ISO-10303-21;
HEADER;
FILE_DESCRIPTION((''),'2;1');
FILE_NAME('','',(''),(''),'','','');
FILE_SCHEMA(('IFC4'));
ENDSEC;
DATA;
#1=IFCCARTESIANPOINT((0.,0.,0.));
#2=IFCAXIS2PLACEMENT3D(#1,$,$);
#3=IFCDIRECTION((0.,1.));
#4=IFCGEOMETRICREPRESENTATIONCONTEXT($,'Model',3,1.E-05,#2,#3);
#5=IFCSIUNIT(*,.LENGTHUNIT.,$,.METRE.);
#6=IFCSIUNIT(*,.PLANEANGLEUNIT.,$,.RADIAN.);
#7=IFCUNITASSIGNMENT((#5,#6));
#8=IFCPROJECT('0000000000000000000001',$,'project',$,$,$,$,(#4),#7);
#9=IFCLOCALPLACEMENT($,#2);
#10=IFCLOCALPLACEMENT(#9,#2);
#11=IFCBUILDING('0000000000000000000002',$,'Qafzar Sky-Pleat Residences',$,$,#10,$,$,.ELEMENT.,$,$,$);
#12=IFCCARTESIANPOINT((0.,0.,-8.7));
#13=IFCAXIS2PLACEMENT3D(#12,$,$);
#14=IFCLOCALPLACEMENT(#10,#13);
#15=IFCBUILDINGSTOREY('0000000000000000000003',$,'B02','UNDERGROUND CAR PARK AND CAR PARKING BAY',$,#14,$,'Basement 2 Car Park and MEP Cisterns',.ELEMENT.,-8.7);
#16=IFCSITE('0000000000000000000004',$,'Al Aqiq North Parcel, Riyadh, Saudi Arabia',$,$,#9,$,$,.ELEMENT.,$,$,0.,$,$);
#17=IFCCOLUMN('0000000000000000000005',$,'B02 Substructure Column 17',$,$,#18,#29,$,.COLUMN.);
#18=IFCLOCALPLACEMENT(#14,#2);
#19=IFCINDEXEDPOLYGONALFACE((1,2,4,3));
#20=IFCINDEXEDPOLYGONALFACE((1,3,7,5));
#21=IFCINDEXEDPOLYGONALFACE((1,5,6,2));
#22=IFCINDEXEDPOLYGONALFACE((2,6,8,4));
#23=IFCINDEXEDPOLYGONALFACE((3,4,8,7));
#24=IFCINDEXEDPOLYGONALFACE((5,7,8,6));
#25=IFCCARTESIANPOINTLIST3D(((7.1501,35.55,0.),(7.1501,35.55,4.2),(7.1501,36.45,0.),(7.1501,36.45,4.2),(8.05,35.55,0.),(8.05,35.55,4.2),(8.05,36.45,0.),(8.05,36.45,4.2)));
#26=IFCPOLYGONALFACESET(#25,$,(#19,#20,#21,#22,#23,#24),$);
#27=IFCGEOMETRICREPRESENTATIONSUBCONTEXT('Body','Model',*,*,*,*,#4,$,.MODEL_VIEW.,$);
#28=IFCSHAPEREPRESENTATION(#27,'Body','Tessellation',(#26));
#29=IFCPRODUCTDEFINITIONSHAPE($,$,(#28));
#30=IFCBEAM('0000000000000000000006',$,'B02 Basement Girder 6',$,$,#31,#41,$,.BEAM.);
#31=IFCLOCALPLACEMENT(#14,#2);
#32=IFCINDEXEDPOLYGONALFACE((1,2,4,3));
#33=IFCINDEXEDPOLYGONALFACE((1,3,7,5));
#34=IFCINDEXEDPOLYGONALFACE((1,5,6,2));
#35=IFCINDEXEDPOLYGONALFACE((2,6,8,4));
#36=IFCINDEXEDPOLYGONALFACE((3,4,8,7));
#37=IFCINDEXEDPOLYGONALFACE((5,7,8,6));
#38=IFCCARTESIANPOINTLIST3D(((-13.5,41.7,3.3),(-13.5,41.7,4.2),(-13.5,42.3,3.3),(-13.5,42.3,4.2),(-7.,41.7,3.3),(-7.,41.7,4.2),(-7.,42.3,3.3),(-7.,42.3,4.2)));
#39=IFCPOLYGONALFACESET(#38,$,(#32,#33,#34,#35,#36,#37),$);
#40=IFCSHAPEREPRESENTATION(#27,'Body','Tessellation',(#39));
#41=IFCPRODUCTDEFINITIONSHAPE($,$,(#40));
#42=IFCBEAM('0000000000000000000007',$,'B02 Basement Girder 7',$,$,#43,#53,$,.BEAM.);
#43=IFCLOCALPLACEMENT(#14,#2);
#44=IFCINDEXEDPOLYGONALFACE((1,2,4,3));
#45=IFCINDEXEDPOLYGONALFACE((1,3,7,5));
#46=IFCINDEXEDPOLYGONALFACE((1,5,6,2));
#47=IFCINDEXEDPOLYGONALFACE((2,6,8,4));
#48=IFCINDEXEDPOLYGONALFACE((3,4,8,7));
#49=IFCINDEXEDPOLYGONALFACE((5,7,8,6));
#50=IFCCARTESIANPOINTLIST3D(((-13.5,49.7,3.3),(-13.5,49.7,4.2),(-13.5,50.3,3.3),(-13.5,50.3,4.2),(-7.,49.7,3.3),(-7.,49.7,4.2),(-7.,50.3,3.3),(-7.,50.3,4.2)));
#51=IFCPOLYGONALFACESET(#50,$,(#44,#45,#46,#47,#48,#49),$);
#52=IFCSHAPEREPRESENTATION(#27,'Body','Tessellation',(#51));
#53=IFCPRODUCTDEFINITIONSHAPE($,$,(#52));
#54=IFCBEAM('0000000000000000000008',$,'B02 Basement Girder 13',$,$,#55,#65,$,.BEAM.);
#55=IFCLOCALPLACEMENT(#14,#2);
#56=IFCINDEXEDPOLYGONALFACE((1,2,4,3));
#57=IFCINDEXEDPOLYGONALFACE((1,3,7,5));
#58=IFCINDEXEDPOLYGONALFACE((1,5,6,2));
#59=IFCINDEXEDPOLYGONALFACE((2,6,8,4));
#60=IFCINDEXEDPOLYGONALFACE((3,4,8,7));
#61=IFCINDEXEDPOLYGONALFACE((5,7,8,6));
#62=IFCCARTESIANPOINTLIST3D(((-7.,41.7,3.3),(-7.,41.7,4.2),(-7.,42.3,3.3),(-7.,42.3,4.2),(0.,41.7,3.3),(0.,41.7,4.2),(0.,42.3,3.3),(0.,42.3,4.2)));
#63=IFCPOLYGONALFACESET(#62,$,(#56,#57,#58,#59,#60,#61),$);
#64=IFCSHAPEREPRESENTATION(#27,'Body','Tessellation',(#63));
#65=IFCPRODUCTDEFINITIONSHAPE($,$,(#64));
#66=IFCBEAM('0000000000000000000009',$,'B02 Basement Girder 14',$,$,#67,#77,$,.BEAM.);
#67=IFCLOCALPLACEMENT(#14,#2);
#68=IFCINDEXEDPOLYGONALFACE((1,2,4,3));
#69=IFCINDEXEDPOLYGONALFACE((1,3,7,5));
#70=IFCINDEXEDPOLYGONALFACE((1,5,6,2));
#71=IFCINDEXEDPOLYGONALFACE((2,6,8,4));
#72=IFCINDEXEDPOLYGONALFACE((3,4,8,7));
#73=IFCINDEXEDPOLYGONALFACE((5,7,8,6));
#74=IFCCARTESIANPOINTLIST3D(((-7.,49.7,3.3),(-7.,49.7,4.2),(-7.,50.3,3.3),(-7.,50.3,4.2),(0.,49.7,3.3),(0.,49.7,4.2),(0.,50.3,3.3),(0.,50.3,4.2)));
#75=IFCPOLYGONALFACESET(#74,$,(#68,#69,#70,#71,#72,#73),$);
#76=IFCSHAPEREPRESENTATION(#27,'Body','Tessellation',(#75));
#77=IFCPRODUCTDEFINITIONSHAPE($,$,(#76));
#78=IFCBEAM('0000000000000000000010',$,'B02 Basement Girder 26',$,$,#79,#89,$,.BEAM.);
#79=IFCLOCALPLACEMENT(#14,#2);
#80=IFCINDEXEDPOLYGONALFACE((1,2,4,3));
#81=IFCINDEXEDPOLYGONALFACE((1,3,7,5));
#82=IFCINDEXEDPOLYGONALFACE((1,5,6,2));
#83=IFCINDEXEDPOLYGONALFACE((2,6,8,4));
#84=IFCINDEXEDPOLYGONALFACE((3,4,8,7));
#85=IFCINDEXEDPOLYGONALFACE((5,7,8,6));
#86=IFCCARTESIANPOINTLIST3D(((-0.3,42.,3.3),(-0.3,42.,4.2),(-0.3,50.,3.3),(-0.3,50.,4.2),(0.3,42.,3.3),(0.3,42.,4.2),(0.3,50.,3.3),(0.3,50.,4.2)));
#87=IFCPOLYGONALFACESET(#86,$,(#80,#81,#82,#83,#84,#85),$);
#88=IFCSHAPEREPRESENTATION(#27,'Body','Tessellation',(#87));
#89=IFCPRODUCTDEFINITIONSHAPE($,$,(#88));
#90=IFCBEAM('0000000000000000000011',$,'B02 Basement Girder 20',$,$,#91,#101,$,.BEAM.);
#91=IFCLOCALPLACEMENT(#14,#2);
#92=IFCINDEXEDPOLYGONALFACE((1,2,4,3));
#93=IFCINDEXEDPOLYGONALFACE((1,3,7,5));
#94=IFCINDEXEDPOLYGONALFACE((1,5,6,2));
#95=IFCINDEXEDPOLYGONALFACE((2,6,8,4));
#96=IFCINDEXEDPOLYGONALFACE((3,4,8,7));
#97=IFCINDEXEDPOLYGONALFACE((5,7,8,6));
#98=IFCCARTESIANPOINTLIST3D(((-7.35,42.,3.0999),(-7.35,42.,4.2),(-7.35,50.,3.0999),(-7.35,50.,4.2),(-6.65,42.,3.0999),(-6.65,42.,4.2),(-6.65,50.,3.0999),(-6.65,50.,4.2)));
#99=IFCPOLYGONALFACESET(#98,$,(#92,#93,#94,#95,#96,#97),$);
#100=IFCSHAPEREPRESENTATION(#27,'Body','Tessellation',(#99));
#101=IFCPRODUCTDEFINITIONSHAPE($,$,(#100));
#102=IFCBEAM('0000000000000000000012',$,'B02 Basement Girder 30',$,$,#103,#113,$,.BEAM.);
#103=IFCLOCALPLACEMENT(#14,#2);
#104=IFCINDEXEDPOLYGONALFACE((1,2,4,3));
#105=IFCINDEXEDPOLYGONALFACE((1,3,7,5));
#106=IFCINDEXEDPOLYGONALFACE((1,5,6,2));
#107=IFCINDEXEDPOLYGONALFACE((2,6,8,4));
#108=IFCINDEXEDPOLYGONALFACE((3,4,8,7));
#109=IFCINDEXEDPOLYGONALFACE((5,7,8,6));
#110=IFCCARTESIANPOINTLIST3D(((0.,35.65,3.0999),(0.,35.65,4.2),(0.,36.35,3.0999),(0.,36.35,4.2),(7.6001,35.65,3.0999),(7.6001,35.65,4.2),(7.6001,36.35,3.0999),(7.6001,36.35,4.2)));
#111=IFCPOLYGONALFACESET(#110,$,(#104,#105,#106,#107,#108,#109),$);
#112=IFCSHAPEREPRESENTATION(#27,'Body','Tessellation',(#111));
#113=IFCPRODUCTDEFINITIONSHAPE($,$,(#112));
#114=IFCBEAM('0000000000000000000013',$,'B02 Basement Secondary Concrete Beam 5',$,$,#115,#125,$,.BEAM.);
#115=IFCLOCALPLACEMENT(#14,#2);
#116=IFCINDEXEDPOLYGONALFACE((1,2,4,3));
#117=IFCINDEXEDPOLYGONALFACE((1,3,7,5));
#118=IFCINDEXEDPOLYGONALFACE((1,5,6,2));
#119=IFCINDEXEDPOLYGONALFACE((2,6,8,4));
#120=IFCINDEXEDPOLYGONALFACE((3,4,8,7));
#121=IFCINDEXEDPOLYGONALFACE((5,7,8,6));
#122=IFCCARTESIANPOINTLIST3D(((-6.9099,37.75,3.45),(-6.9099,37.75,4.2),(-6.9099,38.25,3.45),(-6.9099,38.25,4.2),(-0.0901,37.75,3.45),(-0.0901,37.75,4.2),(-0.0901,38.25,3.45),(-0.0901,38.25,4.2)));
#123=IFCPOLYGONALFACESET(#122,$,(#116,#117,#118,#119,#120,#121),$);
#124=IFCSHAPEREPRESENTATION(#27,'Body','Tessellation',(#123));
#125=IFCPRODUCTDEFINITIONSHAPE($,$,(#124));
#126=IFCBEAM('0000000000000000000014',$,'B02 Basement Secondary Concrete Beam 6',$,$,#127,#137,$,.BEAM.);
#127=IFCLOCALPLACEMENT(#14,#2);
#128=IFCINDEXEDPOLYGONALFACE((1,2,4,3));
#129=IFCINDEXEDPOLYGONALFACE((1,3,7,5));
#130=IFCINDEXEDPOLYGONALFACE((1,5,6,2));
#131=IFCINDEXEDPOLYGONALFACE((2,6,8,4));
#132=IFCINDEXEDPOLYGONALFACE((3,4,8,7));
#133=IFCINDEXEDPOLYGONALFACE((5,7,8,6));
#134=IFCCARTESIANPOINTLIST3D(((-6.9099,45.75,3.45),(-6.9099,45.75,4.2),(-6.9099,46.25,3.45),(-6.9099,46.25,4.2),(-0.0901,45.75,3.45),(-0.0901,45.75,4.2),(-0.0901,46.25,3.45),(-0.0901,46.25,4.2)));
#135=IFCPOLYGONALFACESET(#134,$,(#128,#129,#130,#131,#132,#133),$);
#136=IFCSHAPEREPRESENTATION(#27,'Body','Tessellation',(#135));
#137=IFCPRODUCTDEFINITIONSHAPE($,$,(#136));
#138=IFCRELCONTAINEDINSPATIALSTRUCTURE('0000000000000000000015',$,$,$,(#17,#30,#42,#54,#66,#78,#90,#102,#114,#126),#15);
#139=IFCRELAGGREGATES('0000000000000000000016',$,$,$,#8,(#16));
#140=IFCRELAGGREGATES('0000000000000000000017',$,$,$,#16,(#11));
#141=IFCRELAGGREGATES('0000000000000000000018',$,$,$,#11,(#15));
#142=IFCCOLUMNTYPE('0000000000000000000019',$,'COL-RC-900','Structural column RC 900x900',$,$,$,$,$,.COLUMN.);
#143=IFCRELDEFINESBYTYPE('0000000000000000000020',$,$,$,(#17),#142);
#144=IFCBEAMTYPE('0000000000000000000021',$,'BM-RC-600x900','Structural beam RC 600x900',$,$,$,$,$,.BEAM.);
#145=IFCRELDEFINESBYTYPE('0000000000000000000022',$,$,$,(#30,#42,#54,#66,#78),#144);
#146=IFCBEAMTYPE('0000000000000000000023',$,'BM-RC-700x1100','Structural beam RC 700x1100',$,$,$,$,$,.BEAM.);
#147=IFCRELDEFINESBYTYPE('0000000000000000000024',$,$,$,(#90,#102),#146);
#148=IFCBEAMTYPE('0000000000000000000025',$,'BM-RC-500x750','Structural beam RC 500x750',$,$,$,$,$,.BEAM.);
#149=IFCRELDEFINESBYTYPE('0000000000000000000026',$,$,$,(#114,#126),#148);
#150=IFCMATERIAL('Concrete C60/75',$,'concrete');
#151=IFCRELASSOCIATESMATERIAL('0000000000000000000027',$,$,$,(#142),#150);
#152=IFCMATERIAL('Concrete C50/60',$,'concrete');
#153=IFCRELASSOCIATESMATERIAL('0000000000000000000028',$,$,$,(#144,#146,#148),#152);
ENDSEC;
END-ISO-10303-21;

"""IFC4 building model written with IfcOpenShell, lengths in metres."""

from ifc_helpers import new_model, si_unit, direction, frame, origin, origin_2d, place, context, subcontext, project, spatial, rectangle, extrude, source, transform, mapped, material, material_profile, profile_set, type_object, element, save


model = new_model("IFC4")

# Units and contexts
model_context = context("Model", 3, precision=1e-05, world=origin(), true_north=direction((0.0, 1.0)))
body_context = subcontext(model_context, "Body", "Model", "MODEL_VIEW")
ifc_project = project(units=[si_unit("LENGTHUNIT", "METRE"), si_unit("PLANEANGLEUNIT", "RADIAN")], contexts=[model_context])

# Site, building, storey
site_placement = place(None, origin())
site = spatial("IfcSite", under=ifc_project, at=site_placement, Name="Al Aqiq North Parcel, Riyadh, Saudi Arabia", CompositionType="ELEMENT", RefElevation=0.0)
building_placement = place(site_placement, origin())
building = spatial("IfcBuilding", under=site, at=building_placement, Name="Qafzar Sky-Pleat Residences", CompositionType="ELEMENT")
storey_placement = place(building_placement, frame((0.0, 0.0, -8.7)))
storey = spatial("IfcBuildingStorey", under=building, at=storey_placement, Name="B02", Description="UNDERGROUND CAR PARK AND CAR PARKING BAY", LongName="Basement 2 Car Park and MEP Cisterns", CompositionType="ELEMENT", Elevation=-8.7)

# Shared definitions
ifc_material_1 = material(Name="Concrete C50/60", Category="concrete")

# Column
ifc_material_2 = material(Name="Concrete C60/75", Category="concrete")
ifc_material_profile_1 = material_profile(ifc_material_2, rectangle(XDim=0.8999, YDim=0.8999, at=origin_2d()), Name="RC 900x900")
ifc_profile_set_1 = profile_set([ifc_material_profile_1], Name="Concrete C60/75")
column_type_1 = type_object("IfcColumnType", Name="COL-RC-900", Description="Structural column RC 900x900", PredefinedType="COLUMN", material=ifc_profile_set_1)
shared_shape_1 = source(origin(), body_context, "Body", "SweptSolid", [
    extrude(rectangle(XDim=0.8999, YDim=0.8999, at=origin_2d()), origin(), (0.0, 0.0, 1.0), 4.2),
])
for number, where, z_axis, x_axis, name in (
    (1, (7.6001, 36.0, 0.0), (0.0, 0.0, 1.0), (1.0, 0.0, 0.0), "B02 Substructure Column 17"),
):
    element("IfcColumn", number, at=place(storey_placement, frame(where, z_axis=z_axis, x_axis=x_axis)), inside=storey, type_object=column_type_1, Name=name, PredefinedType="COLUMN", context=body_context, shape_type="MappedRepresentation", body=[
        mapped(shared_shape_1, transform((0.0, 0.0, 0.0), x_axis=(1.0, 0.0, 0.0), y_axis=(0.0, 1.0, 0.0), z_axis=(0.0, 0.0, 1.0), scale=1.0)),
    ])

# Beams
ifc_material_profile_2 = material_profile(ifc_material_1, rectangle(XDim=0.6001, YDim=0.8999, at=origin_2d()), Name="RC 600x900")
ifc_profile_set_2 = profile_set([ifc_material_profile_2], Name="Concrete C50/60")
beam_type_1 = type_object("IfcBeamType", Name="BM-RC-600x900", Description="Structural beam RC 600x900", PredefinedType="BEAM", material=ifc_profile_set_2)
shared_shape_2 = source(origin(), body_context, "Body", "SweptSolid", [
    extrude(rectangle(XDim=0.6001, YDim=0.8999, at=origin_2d()), origin(), (0.0, 0.0, 1.0), 6.5),
])
for number, where, z_axis, x_axis, name in (
    (2, (-13.5, 42.0, 3.75), (1.0, 0.0, 0.0), (0.0, 1.0, 0.0), "B02 Basement Girder 6"),
    (3, (-13.5, 50.0, 3.75), (1.0, 0.0, 0.0), (0.0, 1.0, 0.0), "B02 Basement Girder 7"),
):
    element("IfcBeam", number, at=place(storey_placement, frame(where, z_axis=z_axis, x_axis=x_axis)), inside=storey, type_object=beam_type_1, Name=name, PredefinedType="BEAM", context=body_context, shape_type="MappedRepresentation", body=[
        mapped(shared_shape_2, transform((0.0, 0.0, 0.0), x_axis=(1.0, 0.0, 0.0), y_axis=(0.0, 1.0, 0.0), z_axis=(0.0, 0.0, 1.0), scale=1.0)),
    ])
shared_shape_3 = source(origin(), body_context, "Body", "SweptSolid", [
    extrude(rectangle(XDim=0.6001, YDim=0.8999, at=origin_2d()), origin(), (0.0, 0.0, 1.0), 7.0),
])
for number, where, z_axis, x_axis, name in (
    (4, (-7.0, 42.0, 3.75), (1.0, 0.0, 0.0), (0.0, 1.0, 0.0), "B02 Basement Girder 13"),
    (5, (-7.0, 50.0, 3.75), (1.0, 0.0, 0.0), (0.0, 1.0, 0.0), "B02 Basement Girder 14"),
):
    element("IfcBeam", number, at=place(storey_placement, frame(where, z_axis=z_axis, x_axis=x_axis)), inside=storey, type_object=beam_type_1, Name=name, PredefinedType="BEAM", context=body_context, shape_type="MappedRepresentation", body=[
        mapped(shared_shape_3, transform((0.0, 0.0, 0.0), x_axis=(1.0, 0.0, 0.0), y_axis=(0.0, 1.0, 0.0), z_axis=(0.0, 0.0, 1.0), scale=1.0)),
    ])
shared_shape_4 = source(origin(), body_context, "Body", "SweptSolid", [
    extrude(rectangle(XDim=0.6001, YDim=0.8999, at=origin_2d()), origin(), (0.0, 0.0, 1.0), 8.0),
])
beam_1_placement = place(storey_placement, frame((0.0, 42.0, 3.75), z_axis=(0.0, 1.0, 0.0), x_axis=(-1.0, 0.0, 0.0)))
element("IfcBeam", 6, at=beam_1_placement, inside=storey, type_object=beam_type_1, Name="B02 Basement Girder 26", PredefinedType="BEAM", context=body_context, shape_type="MappedRepresentation", body=[
    mapped(shared_shape_4, transform((0.0, 0.0, 0.0), x_axis=(1.0, 0.0, 0.0), y_axis=(0.0, 1.0, 0.0), z_axis=(0.0, 0.0, 1.0), scale=1.0)),
])
ifc_material_profile_3 = material_profile(ifc_material_1, rectangle(XDim=0.7, YDim=1.1001, at=origin_2d()), Name="RC 700x1100")
ifc_profile_set_3 = profile_set([ifc_material_profile_3], Name="Concrete C50/60")
beam_type_2 = type_object("IfcBeamType", Name="BM-RC-700x1100", Description="Structural beam RC 700x1100", PredefinedType="BEAM", material=ifc_profile_set_3)
shared_shape_5 = source(origin(), body_context, "Body", "SweptSolid", [
    extrude(rectangle(XDim=0.7, YDim=1.1001, at=origin_2d()), origin(), (0.0, 0.0, 1.0), 8.0),
])
beam_2_placement = place(storey_placement, frame((-7.0, 42.0, 3.6499), z_axis=(0.0, 1.0, 0.0), x_axis=(-1.0, 0.0, 0.0)))
element("IfcBeam", 7, at=beam_2_placement, inside=storey, type_object=beam_type_2, Name="B02 Basement Girder 20", PredefinedType="BEAM", context=body_context, shape_type="MappedRepresentation", body=[
    mapped(shared_shape_5, transform((0.0, 0.0, 0.0), x_axis=(1.0, 0.0, 0.0), y_axis=(0.0, 1.0, 0.0), z_axis=(0.0, 0.0, 1.0), scale=1.0)),
])
shared_shape_6 = source(origin(), body_context, "Body", "SweptSolid", [
    extrude(rectangle(XDim=0.7, YDim=1.1001, at=origin_2d()), origin(), (0.0, 0.0, 1.0), 7.6001),
])
beam_3_placement = place(storey_placement, frame((0.0, 36.0, 3.6499), z_axis=(1.0, 0.0, 0.0), x_axis=(0.0, 1.0, 0.0)))
element("IfcBeam", 8, at=beam_3_placement, inside=storey, type_object=beam_type_2, Name="B02 Basement Girder 30", PredefinedType="BEAM", context=body_context, shape_type="MappedRepresentation", body=[
    mapped(shared_shape_6, transform((0.0, 0.0, 0.0), x_axis=(1.0, 0.0, 0.0), y_axis=(0.0, 1.0, 0.0), z_axis=(0.0, 0.0, 1.0), scale=1.0)),
])
ifc_material_profile_4 = material_profile(ifc_material_1, rectangle(XDim=0.5, YDim=0.75, at=origin_2d()), Name="RC 500x750")
ifc_profile_set_4 = profile_set([ifc_material_profile_4], Name="Concrete C50/60")
beam_type_3 = type_object("IfcBeamType", Name="BM-RC-500x750", Description="Structural beam RC 500x750", PredefinedType="BEAM", material=ifc_profile_set_4)
shared_shape_7 = source(origin(), body_context, "Body", "SweptSolid", [
    extrude(rectangle(XDim=0.5, YDim=0.75, at=origin_2d()), origin(), (0.0, 0.0, 1.0), 6.8198),
])
for number, where, z_axis, x_axis, name in (
    (9, (-6.9099, 38.0, 3.825), (1.0, 0.0, 0.0), (0.0, 1.0, 0.0), "B02 Basement Secondary Concrete Beam 5"),
    (10, (-6.9099, 46.0, 3.825), (1.0, 0.0, 0.0), (0.0, 1.0, 0.0), "B02 Basement Secondary Concrete Beam 6"),
):
    element("IfcBeam", number, at=place(storey_placement, frame(where, z_axis=z_axis, x_axis=x_axis)), inside=storey, type_object=beam_type_3, Name=name, PredefinedType="BEAM", context=body_context, shape_type="MappedRepresentation", body=[
        mapped(shared_shape_7, transform((0.0, 0.0, 0.0), x_axis=(1.0, 0.0, 0.0), y_axis=(0.0, 1.0, 0.0), z_axis=(0.0, 0.0, 1.0), scale=1.0)),
    ])

save(model, "model.ifc")
